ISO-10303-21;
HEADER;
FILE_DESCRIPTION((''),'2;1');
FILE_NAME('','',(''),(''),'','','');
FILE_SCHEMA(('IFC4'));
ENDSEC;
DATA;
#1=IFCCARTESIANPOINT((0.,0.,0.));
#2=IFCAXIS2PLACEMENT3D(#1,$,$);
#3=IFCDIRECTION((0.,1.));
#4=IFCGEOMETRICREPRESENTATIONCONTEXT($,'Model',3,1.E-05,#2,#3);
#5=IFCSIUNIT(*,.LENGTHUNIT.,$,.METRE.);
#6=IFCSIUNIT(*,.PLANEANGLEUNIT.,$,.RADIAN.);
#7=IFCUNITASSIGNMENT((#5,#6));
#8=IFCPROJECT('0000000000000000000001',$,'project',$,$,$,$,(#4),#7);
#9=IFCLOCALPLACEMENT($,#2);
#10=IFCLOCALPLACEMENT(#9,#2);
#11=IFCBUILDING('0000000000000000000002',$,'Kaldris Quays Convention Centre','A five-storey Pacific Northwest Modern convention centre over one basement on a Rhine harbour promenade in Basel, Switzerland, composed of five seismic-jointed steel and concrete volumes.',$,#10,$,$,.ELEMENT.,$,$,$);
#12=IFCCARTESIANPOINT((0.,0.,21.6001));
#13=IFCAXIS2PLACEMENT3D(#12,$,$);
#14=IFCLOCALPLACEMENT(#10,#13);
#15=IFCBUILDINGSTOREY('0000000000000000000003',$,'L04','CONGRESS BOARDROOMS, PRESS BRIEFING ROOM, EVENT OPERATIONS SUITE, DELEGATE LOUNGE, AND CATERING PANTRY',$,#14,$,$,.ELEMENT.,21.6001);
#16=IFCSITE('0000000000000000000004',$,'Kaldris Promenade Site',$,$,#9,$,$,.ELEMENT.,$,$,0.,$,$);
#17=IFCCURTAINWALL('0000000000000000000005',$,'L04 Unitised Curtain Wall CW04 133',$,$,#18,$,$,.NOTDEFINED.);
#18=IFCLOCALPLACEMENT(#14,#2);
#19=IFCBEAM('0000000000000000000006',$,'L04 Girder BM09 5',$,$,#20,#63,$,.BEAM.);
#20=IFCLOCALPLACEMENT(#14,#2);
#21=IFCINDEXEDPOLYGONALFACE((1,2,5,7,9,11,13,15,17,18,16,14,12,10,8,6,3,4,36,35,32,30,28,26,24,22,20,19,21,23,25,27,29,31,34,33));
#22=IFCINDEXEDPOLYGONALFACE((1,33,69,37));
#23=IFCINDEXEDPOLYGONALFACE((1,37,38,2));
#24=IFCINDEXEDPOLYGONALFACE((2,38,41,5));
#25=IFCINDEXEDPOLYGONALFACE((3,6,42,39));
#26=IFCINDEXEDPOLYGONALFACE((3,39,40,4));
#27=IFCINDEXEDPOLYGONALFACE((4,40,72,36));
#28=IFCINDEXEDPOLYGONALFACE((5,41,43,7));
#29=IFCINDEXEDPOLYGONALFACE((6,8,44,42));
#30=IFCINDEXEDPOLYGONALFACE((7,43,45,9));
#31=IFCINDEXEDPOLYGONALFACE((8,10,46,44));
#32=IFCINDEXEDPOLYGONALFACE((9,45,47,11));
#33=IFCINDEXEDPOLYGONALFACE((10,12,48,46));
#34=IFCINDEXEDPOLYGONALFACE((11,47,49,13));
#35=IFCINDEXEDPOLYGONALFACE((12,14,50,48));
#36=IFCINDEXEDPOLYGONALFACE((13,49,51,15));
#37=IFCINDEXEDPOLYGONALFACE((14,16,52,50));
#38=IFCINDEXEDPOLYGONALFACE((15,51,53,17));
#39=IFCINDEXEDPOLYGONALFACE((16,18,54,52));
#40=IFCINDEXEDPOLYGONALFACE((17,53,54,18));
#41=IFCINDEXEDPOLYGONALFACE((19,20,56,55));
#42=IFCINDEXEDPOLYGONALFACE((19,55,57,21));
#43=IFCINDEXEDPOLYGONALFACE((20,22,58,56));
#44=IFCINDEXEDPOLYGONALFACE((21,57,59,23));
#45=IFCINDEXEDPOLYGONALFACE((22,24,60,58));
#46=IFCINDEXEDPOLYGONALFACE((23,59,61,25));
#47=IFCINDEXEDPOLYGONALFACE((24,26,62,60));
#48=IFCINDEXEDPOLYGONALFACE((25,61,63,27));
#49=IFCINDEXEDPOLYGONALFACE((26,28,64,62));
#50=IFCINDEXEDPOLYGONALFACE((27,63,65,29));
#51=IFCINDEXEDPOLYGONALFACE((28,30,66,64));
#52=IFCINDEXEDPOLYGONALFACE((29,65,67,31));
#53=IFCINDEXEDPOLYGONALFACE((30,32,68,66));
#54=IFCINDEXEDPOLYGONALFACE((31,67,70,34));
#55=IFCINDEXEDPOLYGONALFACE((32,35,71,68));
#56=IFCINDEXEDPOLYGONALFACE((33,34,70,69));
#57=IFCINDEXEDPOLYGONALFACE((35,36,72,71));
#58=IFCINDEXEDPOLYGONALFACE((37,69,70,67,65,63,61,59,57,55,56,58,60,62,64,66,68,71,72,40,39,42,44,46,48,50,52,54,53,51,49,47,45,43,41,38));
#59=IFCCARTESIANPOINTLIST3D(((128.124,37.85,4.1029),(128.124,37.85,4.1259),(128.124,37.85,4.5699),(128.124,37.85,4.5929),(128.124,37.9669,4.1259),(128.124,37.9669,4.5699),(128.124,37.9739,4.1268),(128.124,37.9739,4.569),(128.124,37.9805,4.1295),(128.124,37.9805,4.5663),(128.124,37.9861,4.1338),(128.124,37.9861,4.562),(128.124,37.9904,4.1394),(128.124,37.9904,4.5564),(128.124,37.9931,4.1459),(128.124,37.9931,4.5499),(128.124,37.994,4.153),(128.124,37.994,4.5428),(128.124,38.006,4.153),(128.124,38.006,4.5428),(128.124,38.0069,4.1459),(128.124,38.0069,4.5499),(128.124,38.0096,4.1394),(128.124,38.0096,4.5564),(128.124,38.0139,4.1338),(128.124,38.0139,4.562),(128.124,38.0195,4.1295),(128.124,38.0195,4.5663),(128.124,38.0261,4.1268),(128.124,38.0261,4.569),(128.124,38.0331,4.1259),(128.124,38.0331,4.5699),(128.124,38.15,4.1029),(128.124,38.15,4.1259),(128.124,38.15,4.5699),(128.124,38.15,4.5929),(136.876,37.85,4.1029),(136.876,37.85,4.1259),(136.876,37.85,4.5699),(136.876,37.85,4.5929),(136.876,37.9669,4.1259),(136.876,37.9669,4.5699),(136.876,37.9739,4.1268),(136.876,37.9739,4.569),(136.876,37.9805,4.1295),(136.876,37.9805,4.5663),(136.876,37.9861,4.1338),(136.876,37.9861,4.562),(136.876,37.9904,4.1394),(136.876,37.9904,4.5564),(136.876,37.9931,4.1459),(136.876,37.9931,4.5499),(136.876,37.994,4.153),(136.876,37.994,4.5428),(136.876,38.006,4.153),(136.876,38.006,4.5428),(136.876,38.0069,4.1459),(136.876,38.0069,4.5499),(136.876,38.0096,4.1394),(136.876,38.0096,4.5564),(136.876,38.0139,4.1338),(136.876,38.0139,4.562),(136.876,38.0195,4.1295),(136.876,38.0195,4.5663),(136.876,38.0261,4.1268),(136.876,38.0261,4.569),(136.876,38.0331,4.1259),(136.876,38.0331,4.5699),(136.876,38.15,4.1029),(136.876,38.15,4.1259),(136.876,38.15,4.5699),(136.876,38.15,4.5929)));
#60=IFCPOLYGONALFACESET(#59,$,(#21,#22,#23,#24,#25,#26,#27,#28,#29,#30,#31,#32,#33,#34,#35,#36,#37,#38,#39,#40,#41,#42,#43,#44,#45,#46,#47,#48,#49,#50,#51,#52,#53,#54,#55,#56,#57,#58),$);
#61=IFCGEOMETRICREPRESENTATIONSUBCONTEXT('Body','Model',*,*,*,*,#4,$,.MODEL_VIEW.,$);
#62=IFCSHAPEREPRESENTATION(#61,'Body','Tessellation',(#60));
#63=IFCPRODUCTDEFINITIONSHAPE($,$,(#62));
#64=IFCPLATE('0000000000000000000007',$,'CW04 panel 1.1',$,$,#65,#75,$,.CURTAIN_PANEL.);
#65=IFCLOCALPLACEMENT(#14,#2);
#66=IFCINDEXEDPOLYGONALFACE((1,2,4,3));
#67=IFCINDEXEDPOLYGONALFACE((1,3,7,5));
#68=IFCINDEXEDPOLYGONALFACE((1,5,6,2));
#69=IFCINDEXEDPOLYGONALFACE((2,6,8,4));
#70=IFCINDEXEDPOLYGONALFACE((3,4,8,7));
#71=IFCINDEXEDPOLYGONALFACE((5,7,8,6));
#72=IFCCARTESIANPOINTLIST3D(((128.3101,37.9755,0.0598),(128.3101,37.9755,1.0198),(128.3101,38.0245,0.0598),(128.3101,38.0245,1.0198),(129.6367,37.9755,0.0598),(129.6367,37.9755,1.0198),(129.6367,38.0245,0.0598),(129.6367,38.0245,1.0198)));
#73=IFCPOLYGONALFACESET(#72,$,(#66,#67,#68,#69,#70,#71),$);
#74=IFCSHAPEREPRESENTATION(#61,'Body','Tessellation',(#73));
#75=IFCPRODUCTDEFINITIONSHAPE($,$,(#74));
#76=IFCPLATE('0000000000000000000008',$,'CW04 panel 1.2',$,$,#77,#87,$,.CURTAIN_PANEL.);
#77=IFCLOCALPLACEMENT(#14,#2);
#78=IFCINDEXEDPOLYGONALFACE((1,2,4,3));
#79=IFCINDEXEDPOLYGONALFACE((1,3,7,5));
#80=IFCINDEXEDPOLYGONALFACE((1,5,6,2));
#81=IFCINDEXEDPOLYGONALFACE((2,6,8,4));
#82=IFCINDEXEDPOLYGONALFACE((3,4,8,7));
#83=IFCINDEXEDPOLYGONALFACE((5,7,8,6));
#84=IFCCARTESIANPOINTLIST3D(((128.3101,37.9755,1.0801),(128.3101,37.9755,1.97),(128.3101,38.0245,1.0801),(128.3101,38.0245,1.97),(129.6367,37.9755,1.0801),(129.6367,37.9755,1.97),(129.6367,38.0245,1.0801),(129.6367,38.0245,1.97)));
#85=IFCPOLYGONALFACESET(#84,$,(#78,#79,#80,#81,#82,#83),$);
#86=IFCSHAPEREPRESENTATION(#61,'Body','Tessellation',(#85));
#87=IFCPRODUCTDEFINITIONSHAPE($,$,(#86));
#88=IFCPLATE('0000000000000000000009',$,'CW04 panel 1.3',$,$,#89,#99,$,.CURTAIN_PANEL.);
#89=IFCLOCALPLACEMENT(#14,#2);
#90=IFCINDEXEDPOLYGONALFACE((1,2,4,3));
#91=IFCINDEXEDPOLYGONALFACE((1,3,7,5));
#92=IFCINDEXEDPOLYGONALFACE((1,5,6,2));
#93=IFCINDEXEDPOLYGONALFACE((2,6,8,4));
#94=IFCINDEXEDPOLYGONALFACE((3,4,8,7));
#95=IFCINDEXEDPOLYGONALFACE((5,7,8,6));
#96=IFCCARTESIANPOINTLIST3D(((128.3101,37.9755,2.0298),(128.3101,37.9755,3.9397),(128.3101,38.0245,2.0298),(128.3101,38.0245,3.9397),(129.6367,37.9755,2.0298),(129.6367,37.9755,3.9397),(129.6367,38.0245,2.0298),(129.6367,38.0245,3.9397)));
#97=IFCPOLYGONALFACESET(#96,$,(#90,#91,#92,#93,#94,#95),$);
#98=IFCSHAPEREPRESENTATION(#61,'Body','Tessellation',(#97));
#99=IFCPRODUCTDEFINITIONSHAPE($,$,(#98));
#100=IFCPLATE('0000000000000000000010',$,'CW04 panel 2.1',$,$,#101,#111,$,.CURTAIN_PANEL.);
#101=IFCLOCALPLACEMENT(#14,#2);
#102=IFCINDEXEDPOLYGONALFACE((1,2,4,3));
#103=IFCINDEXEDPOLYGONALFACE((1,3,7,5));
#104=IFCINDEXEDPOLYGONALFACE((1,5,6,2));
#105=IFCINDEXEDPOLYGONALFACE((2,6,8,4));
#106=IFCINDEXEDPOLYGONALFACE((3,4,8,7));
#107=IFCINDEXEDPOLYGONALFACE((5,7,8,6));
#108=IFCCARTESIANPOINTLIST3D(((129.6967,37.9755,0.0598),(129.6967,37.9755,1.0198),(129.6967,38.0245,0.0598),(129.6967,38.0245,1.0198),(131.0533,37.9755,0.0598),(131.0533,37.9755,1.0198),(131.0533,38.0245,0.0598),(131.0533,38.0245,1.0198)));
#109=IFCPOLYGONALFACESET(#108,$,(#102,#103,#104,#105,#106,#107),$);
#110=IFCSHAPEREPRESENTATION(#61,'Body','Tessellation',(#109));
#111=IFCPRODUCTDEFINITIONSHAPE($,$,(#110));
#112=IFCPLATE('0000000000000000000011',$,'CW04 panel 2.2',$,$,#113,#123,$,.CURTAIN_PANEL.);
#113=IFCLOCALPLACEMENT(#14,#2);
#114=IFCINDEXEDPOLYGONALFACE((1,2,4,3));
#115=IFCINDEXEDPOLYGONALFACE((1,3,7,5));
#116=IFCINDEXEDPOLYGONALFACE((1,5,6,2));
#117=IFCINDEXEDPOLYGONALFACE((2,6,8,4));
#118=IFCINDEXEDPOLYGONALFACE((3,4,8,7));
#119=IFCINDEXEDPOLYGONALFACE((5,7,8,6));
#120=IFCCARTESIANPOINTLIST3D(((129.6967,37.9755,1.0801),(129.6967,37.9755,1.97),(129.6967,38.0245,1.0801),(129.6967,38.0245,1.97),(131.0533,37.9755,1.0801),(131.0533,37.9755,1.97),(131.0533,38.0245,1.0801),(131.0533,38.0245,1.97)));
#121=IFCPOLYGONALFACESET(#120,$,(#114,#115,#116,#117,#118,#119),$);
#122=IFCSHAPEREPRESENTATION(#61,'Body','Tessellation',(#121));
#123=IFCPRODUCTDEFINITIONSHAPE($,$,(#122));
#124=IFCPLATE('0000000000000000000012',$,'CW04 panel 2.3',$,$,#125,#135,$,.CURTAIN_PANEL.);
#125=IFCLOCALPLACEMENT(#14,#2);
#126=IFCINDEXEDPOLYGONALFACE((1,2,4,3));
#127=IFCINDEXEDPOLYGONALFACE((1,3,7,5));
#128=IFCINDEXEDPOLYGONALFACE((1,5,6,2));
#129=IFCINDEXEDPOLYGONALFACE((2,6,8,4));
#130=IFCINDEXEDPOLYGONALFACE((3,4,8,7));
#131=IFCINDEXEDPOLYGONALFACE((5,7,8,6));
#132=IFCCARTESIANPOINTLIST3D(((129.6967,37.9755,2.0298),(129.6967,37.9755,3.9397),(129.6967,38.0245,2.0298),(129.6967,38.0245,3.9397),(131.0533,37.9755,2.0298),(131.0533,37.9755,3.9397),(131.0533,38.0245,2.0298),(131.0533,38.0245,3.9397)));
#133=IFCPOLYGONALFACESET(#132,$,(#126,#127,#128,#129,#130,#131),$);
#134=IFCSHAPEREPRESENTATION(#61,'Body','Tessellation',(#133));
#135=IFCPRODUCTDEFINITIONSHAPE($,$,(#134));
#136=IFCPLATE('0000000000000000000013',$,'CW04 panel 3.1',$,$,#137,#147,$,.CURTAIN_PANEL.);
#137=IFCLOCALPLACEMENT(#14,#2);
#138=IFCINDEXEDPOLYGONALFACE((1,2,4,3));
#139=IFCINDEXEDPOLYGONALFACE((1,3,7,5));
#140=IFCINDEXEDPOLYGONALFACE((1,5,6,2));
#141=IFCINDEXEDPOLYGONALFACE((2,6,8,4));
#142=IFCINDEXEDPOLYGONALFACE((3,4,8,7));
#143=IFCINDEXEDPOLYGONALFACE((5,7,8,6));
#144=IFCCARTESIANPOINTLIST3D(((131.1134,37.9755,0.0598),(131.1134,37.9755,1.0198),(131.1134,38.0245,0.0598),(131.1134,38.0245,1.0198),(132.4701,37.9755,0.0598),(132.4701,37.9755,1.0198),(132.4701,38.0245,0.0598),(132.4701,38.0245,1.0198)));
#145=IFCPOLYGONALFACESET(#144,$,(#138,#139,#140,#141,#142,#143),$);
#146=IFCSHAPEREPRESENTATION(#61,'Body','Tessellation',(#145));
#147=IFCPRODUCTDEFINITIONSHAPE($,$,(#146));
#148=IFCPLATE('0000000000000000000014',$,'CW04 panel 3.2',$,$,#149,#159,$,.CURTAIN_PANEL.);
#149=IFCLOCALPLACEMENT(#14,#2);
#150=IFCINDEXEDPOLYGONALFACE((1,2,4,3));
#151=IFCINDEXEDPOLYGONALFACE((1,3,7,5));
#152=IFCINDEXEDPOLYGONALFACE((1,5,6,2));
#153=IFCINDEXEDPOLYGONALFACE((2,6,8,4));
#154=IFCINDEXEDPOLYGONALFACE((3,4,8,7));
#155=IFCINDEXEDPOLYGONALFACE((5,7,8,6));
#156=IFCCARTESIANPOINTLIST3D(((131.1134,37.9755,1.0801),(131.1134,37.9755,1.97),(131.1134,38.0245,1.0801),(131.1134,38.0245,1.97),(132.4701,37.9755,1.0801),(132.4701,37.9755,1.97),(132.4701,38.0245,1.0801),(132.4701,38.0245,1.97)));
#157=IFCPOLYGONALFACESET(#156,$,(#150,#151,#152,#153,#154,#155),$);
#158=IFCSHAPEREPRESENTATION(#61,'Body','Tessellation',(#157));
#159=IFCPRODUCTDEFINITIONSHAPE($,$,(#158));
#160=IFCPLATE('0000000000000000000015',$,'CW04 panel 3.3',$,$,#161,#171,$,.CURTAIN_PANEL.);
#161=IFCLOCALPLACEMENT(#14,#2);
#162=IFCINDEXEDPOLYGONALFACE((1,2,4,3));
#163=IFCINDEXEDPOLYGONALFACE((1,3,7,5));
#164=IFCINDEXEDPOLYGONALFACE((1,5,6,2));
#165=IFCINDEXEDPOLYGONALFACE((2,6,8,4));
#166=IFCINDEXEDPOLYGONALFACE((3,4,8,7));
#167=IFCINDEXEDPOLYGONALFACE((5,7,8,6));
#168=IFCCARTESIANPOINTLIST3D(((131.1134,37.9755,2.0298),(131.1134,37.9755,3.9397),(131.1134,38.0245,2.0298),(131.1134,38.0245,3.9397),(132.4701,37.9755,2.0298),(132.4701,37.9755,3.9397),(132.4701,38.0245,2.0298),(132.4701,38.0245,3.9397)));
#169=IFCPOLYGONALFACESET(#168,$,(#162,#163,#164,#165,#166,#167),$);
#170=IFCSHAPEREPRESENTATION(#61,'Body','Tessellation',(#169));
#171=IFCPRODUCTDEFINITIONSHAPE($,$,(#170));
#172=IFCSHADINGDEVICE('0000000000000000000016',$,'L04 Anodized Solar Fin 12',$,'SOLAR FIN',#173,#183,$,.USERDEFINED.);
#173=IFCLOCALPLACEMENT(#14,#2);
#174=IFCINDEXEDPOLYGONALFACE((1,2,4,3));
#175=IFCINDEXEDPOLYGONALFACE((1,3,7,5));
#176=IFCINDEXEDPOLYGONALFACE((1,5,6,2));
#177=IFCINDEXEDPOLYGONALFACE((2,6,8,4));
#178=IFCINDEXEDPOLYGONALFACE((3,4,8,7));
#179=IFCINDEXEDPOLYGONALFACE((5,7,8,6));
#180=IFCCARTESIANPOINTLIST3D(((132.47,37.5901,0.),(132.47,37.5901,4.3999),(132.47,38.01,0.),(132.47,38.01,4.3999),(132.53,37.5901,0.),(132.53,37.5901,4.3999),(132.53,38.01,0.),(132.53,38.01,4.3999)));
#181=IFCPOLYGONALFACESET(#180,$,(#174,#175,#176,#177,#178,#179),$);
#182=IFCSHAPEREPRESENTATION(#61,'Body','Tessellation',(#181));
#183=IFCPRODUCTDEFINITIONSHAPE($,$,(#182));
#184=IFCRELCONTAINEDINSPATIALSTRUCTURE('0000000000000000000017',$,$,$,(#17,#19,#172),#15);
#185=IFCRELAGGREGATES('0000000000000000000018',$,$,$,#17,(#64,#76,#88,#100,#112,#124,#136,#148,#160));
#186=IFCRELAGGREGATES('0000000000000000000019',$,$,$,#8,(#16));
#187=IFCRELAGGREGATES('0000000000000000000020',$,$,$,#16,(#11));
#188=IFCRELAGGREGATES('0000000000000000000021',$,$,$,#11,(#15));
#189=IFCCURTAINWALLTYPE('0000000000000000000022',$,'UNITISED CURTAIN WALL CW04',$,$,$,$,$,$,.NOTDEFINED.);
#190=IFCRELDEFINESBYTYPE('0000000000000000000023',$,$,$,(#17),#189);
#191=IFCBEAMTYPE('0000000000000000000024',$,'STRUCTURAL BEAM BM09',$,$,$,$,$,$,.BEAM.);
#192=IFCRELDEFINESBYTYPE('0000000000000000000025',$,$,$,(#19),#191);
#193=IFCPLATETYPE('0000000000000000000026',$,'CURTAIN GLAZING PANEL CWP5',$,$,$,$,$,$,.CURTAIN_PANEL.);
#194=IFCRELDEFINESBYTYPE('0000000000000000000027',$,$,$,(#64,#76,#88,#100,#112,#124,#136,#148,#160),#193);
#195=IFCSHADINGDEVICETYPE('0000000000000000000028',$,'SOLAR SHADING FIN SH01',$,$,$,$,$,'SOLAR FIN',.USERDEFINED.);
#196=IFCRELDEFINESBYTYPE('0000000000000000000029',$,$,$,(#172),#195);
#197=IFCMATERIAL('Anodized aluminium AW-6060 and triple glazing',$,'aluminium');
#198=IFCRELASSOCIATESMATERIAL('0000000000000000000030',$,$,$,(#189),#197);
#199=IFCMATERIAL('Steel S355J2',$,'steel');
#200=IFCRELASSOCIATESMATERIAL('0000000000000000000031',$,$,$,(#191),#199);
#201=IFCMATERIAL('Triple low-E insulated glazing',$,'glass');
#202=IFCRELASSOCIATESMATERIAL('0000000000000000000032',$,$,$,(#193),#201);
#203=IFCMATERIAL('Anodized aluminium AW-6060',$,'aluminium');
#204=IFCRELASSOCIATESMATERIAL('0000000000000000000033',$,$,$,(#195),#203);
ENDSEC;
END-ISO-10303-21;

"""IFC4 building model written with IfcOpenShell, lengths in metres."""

from ifc_helpers import new_model, si_unit, direction, frame, origin, origin_2d, place, context, subcontext, project, spatial, rectangle, i_section, extrude, material, material_profile, profile_set, type_object, element, aggregate, save


model = new_model("IFC4")

# Units and contexts
model_context = context("Model", 3, precision=1e-05, world=origin(), true_north=direction((0.0, 1.0)))
body_context = subcontext(model_context, "Body", "Model", "MODEL_VIEW")
ifc_project = project(units=[si_unit("LENGTHUNIT", "METRE"), si_unit("PLANEANGLEUNIT", "RADIAN")], contexts=[model_context])

# Site, building, storey
site_placement = place(None, origin())
site = spatial("IfcSite", under=ifc_project, at=site_placement, Name="Kaldris Promenade Site", CompositionType="ELEMENT", RefElevation=0.0)
building_placement = place(site_placement, origin())
building = spatial("IfcBuilding", under=site, at=building_placement, Name="Kaldris Quays Convention Centre", Description="A five-storey Pacific Northwest Modern convention centre over one basement on a Rhine harbour promenade in Basel, Switzerland, composed of five seismic-jointed steel and concrete volumes.", CompositionType="ELEMENT")
storey_placement = place(building_placement, frame((0.0, 0.0, 21.6001)))
storey = spatial("IfcBuildingStorey", under=building, at=storey_placement, Name="L04", Description="CONGRESS BOARDROOMS, PRESS BRIEFING ROOM, EVENT OPERATIONS SUITE, DELEGATE LOUNGE, AND CATERING PANTRY", CompositionType="ELEMENT", Elevation=21.6001)

# Shared definitions
ifc_material_1 = material(Name="Steel S355J2", Category="steel")

# Shared definitions
ifc_material_2 = material(Name="Anodized aluminium AW-6060 and triple glazing", Category="aluminium")
curtain_wall_type = type_object("IfcCurtainWallType", Name="UNITISED CURTAIN WALL CW04", PredefinedType="NOTDEFINED", material=ifc_material_2)
ifc_material_3 = material(Name="Anodized aluminium AW-6060", Category="aluminium")

# Curtain wall
curtain_wall_1_placement = place(storey_placement, origin())
curtain_wall_1 = element("IfcCurtainWall", 1, at=curtain_wall_1_placement, inside=storey, type_object=curtain_wall_type, Name="L04 Unitised Curtain Wall CW04 133", PredefinedType="NOTDEFINED")

# Beam
ifc_material_profile_1 = material_profile(ifc_material_1, i_section(OverallWidth=0.3, OverallDepth=0.49, WebThickness=0.012, FlangeThickness=0.0229, FilletRadius=0.0271, at=origin_2d()), Name="HEA 500")
ifc_profile_set_1 = profile_set([ifc_material_profile_1], Name="Steel S355J2")
beam_type = type_object("IfcBeamType", Name="STRUCTURAL BEAM BM09", PredefinedType="BEAM", material=ifc_profile_set_1)
beam_placement = place(storey_placement, frame((128.124, 38.0, 4.3479), z_axis=(1.0, 0.0, 0.0), x_axis=(0.0, 1.0, 0.0)))
element("IfcBeam", 2, at=beam_placement, inside=storey, type_object=beam_type, Name="L04 Girder BM09 5", PredefinedType="BEAM", context=body_context, shape_type="SweptSolid", body=[
    extrude(i_section(OverallWidth=0.3, OverallDepth=0.49, WebThickness=0.012, FlangeThickness=0.0229, FilletRadius=0.0271, at=origin_2d()), origin(), (0.0, 0.0, 1.0), 8.752),
])

# Plates
ifc_material_4 = material(Name="Triple low-E insulated glazing", Category="glass")
plate_type = type_object("IfcPlateType", Name="CURTAIN GLAZING PANEL CWP5", PredefinedType="CURTAIN_PANEL", material=ifc_material_4)
plate_1_placement = place(storey_placement, frame((128.9734, 38.0, 0.0598), z_axis=(0.0, 0.0, 1.0), x_axis=(1.0, 0.0, 0.0)))
plate_1 = element("IfcPlate", 3, at=plate_1_placement, type_object=plate_type, Name="CW04 panel 1.1", PredefinedType="CURTAIN_PANEL", context=body_context, shape_type="SweptSolid", body=[
    extrude(rectangle(XDim=1.3267, YDim=0.0491, at=origin_2d()), origin(), (0.0, 0.0, 1.0), 0.96),
])
plate_2_placement = place(storey_placement, frame((128.9734, 38.0, 1.0801), z_axis=(0.0, 0.0, 1.0), x_axis=(1.0, 0.0, 0.0)))
plate_2 = element("IfcPlate", 4, at=plate_2_placement, type_object=plate_type, Name="CW04 panel 1.2", PredefinedType="CURTAIN_PANEL", context=body_context, shape_type="SweptSolid", body=[
    extrude(rectangle(XDim=1.3267, YDim=0.0491, at=origin_2d()), origin(), (0.0, 0.0, 1.0), 0.8899),
])
plate_3_placement = place(storey_placement, frame((128.9734, 38.0, 2.0298), z_axis=(0.0, 0.0, 1.0), x_axis=(1.0, 0.0, 0.0)))
plate_3 = element("IfcPlate", 5, at=plate_3_placement, type_object=plate_type, Name="CW04 panel 1.3", PredefinedType="CURTAIN_PANEL", context=body_context, shape_type="SweptSolid", body=[
    extrude(rectangle(XDim=1.3267, YDim=0.0491, at=origin_2d()), origin(), (0.0, 0.0, 1.0), 1.9099),
])
plate_4_placement = place(storey_placement, frame((130.375, 38.0, 0.0598), z_axis=(0.0, 0.0, 1.0), x_axis=(1.0, 0.0, 0.0)))
plate_4 = element("IfcPlate", 6, at=plate_4_placement, type_object=plate_type, Name="CW04 panel 2.1", PredefinedType="CURTAIN_PANEL", context=body_context, shape_type="SweptSolid", body=[
    extrude(rectangle(XDim=1.3567, YDim=0.0491, at=origin_2d()), origin(), (0.0, 0.0, 1.0), 0.96),
])
plate_5_placement = place(storey_placement, frame((130.375, 38.0, 1.0801), z_axis=(0.0, 0.0, 1.0), x_axis=(1.0, 0.0, 0.0)))
plate_5 = element("IfcPlate", 7, at=plate_5_placement, type_object=plate_type, Name="CW04 panel 2.2", PredefinedType="CURTAIN_PANEL", context=body_context, shape_type="SweptSolid", body=[
    extrude(rectangle(XDim=1.3567, YDim=0.0491, at=origin_2d()), origin(), (0.0, 0.0, 1.0), 0.8899),
])
plate_6_placement = place(storey_placement, frame((130.375, 38.0, 2.0298), z_axis=(0.0, 0.0, 1.0), x_axis=(1.0, 0.0, 0.0)))
plate_6 = element("IfcPlate", 8, at=plate_6_placement, type_object=plate_type, Name="CW04 panel 2.3", PredefinedType="CURTAIN_PANEL", context=body_context, shape_type="SweptSolid", body=[
    extrude(rectangle(XDim=1.3567, YDim=0.0491, at=origin_2d()), origin(), (0.0, 0.0, 1.0), 1.9099),
])
plate_7_placement = place(storey_placement, frame((131.7917, 38.0, 0.0598), z_axis=(0.0, 0.0, 1.0), x_axis=(1.0, 0.0, 0.0)))
plate_7 = element("IfcPlate", 9, at=plate_7_placement, type_object=plate_type, Name="CW04 panel 3.1", PredefinedType="CURTAIN_PANEL", context=body_context, shape_type="SweptSolid", body=[
    extrude(rectangle(XDim=1.3567, YDim=0.0491, at=origin_2d()), origin(), (0.0, 0.0, 1.0), 0.96),
])
plate_8_placement = place(storey_placement, frame((131.7917, 38.0, 1.0801), z_axis=(0.0, 0.0, 1.0), x_axis=(1.0, 0.0, 0.0)))
plate_8 = element("IfcPlate", 10, at=plate_8_placement, type_object=plate_type, Name="CW04 panel 3.2", PredefinedType="CURTAIN_PANEL", context=body_context, shape_type="SweptSolid", body=[
    extrude(rectangle(XDim=1.3567, YDim=0.0491, at=origin_2d()), origin(), (0.0, 0.0, 1.0), 0.8899),
])
plate_9_placement = place(storey_placement, frame((131.7917, 38.0, 2.0298), z_axis=(0.0, 0.0, 1.0), x_axis=(1.0, 0.0, 0.0)))
plate_9 = element("IfcPlate", 11, at=plate_9_placement, type_object=plate_type, Name="CW04 panel 3.3", PredefinedType="CURTAIN_PANEL", context=body_context, shape_type="SweptSolid", body=[
    extrude(rectangle(XDim=1.3567, YDim=0.0491, at=origin_2d()), origin(), (0.0, 0.0, 1.0), 1.9099),
])
aggregate(curtain_wall_1, [plate_1, plate_2, plate_3, plate_4, plate_5, plate_6, plate_7, plate_8, plate_9])

# Shading device
shading_device_type = type_object("IfcShadingDeviceType", Name="SOLAR SHADING FIN SH01", ElementType="SOLAR FIN", PredefinedType="USERDEFINED", material=ifc_material_3)
shading_device_placement = place(storey_placement, frame((132.5, 37.8, 0.0), z_axis=(0.0, 0.0, 1.0), x_axis=(1.0, 0.0, 0.0)))
element("IfcShadingDevice", 12, at=shading_device_placement, inside=storey, type_object=shading_device_type, Name="L04 Anodized Solar Fin 12", ObjectType="SOLAR FIN", PredefinedType="USERDEFINED", context=body_context, shape_type="SweptSolid", body=[
    extrude(rectangle(XDim=0.0601, YDim=0.4199, at=origin_2d()), origin(), (0.0, 0.0, 1.0), 4.3999),
])

save(model, "model.ifc")
